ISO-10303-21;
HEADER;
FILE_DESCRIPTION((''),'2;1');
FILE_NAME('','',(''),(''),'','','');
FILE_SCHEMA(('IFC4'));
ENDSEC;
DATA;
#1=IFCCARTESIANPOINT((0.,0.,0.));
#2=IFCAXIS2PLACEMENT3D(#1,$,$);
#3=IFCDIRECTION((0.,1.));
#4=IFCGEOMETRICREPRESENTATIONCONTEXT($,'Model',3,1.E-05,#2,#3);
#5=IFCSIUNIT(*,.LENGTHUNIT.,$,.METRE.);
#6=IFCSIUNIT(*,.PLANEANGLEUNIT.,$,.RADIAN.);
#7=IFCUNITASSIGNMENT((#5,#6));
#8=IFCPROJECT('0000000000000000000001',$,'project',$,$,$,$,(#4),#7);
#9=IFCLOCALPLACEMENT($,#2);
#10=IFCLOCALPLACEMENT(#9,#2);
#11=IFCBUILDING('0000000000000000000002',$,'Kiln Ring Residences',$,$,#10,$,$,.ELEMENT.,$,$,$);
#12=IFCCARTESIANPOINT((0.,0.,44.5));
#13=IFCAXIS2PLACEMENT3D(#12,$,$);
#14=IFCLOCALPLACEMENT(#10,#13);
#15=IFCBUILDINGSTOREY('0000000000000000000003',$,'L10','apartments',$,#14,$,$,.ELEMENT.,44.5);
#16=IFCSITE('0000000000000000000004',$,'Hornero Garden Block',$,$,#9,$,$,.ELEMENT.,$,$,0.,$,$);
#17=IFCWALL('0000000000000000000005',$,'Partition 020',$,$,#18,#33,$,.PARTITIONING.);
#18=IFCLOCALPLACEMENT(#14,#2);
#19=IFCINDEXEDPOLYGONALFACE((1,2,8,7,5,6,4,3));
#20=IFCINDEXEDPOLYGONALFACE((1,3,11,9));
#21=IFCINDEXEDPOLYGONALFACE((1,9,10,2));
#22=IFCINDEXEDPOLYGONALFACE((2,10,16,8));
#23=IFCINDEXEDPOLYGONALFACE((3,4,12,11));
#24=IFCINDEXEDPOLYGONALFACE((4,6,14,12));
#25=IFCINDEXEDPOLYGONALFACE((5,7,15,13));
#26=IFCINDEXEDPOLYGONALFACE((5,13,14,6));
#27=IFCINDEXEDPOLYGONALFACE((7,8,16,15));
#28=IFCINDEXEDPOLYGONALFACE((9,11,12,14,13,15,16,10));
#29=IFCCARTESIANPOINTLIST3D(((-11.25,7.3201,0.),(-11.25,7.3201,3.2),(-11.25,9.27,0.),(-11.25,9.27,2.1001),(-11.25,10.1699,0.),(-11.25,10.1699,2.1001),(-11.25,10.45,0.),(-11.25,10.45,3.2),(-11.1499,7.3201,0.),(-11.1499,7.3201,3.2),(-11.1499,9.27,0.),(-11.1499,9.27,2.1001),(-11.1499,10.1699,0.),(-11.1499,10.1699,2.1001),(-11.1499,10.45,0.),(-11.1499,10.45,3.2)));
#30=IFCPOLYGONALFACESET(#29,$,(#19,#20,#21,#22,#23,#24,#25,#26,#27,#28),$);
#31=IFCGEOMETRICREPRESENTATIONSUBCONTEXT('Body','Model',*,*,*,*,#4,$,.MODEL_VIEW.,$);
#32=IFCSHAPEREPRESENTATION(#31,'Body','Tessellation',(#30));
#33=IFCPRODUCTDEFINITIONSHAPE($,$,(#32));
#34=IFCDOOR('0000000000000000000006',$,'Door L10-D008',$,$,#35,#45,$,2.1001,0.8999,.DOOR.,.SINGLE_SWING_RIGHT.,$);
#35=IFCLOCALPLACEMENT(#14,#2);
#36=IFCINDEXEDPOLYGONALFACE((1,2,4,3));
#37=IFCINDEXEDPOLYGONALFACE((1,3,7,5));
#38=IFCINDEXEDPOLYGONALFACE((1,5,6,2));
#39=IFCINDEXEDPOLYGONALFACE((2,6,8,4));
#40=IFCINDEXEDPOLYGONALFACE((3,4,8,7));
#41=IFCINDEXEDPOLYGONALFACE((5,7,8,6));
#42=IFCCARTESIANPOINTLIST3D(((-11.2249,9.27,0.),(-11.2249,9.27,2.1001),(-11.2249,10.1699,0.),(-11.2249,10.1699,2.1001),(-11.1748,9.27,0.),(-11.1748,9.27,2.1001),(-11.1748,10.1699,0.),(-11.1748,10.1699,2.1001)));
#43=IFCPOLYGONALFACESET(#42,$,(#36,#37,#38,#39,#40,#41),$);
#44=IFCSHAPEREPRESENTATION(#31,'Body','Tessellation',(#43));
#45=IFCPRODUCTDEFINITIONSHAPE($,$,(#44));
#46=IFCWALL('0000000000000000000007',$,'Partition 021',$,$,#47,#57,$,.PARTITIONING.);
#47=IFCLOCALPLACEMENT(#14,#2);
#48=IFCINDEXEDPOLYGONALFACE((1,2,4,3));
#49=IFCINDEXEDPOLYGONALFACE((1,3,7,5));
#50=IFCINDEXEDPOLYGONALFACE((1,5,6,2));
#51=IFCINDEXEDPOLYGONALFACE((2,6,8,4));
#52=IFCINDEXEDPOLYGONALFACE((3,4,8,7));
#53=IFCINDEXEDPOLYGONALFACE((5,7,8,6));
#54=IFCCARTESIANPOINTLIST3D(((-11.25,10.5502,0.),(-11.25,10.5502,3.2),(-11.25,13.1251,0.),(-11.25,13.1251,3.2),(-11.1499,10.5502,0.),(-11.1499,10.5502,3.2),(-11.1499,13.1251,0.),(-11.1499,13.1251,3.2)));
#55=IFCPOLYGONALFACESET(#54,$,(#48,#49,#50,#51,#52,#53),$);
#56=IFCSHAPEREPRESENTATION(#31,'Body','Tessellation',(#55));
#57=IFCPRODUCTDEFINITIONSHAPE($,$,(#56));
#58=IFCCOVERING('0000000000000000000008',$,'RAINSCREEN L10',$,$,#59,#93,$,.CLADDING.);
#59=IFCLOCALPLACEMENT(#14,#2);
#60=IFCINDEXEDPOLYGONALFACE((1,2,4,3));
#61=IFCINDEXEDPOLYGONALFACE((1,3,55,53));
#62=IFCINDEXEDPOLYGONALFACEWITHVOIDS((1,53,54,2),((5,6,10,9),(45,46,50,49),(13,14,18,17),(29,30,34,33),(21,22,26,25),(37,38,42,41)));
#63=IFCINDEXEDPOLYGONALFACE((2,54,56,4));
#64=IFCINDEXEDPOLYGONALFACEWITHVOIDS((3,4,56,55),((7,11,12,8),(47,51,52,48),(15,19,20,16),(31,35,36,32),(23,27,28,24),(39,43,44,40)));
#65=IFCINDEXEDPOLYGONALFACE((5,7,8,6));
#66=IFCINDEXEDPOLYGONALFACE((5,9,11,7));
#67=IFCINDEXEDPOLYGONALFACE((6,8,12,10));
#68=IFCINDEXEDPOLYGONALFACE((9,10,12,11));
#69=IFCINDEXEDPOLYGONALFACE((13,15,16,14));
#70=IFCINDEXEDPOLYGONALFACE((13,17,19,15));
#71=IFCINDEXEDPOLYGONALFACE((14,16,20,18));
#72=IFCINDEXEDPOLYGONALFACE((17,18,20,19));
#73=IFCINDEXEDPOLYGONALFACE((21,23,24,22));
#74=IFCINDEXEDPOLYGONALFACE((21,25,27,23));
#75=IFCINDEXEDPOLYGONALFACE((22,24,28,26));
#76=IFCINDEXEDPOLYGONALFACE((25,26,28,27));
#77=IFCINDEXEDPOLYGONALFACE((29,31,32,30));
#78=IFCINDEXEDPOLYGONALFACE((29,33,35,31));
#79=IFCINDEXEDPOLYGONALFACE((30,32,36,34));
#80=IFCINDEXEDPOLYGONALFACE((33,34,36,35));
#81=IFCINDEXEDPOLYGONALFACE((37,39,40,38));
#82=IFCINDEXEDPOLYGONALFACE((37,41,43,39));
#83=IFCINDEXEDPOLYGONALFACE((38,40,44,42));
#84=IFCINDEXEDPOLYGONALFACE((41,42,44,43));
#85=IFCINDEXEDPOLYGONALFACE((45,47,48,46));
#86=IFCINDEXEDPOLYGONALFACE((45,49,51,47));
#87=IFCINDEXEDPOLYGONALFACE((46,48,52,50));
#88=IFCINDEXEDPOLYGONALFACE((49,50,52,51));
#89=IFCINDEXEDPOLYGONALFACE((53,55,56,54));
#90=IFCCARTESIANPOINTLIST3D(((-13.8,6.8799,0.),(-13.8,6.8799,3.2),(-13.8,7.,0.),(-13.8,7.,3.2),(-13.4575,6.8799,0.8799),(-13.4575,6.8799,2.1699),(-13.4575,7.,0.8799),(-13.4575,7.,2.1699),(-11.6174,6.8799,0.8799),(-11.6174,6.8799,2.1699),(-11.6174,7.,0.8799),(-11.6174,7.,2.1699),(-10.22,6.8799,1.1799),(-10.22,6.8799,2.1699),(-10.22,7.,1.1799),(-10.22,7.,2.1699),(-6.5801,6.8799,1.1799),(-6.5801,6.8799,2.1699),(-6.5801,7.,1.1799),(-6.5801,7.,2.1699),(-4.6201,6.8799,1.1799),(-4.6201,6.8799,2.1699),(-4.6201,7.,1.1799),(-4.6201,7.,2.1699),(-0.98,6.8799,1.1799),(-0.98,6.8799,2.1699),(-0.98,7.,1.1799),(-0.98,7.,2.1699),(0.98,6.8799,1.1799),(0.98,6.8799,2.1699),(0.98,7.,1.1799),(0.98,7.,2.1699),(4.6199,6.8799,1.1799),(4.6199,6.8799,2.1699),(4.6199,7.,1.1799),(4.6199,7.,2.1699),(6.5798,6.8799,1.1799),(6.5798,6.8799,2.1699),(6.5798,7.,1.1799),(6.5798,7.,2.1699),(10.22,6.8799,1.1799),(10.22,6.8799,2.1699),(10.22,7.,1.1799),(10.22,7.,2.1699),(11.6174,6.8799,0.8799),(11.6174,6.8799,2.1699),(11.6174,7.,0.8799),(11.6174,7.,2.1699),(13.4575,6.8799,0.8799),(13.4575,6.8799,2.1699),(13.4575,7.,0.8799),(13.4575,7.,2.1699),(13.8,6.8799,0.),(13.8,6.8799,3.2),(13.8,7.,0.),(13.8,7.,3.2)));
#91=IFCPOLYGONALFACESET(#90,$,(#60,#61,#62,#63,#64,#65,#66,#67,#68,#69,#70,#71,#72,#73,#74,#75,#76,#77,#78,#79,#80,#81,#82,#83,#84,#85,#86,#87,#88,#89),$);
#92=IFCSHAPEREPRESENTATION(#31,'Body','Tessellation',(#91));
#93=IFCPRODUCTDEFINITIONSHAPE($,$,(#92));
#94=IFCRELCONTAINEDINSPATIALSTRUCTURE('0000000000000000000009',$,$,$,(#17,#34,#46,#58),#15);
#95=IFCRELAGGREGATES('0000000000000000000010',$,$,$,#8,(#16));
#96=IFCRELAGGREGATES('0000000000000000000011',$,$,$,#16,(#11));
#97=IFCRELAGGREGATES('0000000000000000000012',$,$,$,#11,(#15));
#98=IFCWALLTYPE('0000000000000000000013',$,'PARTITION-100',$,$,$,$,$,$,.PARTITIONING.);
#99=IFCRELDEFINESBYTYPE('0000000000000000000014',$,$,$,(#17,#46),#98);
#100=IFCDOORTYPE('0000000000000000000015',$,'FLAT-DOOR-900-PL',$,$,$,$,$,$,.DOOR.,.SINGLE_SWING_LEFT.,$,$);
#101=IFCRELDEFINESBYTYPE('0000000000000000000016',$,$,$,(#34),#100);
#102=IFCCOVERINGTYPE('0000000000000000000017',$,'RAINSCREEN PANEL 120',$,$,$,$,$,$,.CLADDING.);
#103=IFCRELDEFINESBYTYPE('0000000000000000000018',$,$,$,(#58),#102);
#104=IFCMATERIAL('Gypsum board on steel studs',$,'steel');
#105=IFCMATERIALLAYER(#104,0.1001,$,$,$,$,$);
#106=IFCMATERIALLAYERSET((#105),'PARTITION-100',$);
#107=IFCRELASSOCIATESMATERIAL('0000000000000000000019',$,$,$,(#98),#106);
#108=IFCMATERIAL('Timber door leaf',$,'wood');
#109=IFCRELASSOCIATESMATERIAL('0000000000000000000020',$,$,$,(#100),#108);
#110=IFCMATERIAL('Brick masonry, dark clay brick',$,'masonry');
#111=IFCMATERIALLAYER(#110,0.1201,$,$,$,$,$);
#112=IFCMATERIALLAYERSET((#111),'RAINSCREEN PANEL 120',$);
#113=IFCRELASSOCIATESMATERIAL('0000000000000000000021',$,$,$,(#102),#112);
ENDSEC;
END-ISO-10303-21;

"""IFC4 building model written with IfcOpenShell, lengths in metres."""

from ifc_helpers import new_model, si_unit, direction, frame, frame_2d, origin, place, context, subcontext, project, spatial, polyline, rectangle, outline, extrude, material, layer, layer_set, type_object, element, fill, save


model = new_model("IFC4")

# Units and contexts
model_context = context("Model", 3, precision=1e-05, world=origin(), true_north=direction((0.0, 1.0)))
body_context = subcontext(model_context, "Body", "Model", "MODEL_VIEW")
ifc_project = project(units=[si_unit("LENGTHUNIT", "METRE"), si_unit("PLANEANGLEUNIT", "RADIAN")], contexts=[model_context])

# Site, building, storey
site_placement = place(None, origin())
site = spatial("IfcSite", under=ifc_project, at=site_placement, Name="Hornero Garden Block", CompositionType="ELEMENT", RefElevation=0.0)
building_placement = place(site_placement, origin())
building = spatial("IfcBuilding", under=site, at=building_placement, Name="Kiln Ring Residences", CompositionType="ELEMENT")
storey_placement = place(building_placement, frame((0.0, 0.0, 44.5)))
storey = spatial("IfcBuildingStorey", under=building, at=storey_placement, Name="L10", Description="apartments", CompositionType="ELEMENT", Elevation=44.5)

# Wall, opening, door
ifc_material_1 = material(Name="Gypsum board on steel studs", Category="steel")
ifc_layer_1 = layer(ifc_material_1, 0.1001)
ifc_layer_set_1 = layer_set([ifc_layer_1], Name="PARTITION-100")
wall_type_1 = type_object("IfcWallType", Name="PARTITION-100", PredefinedType="PARTITIONING", material=ifc_layer_set_1)
wall_1_placement = place(storey_placement, frame((-11.2, 7.3201, 0.0), z_axis=(0.0, 0.0, 1.0), x_axis=(0.0, 1.0, 0.0)))
wall_1 = element("IfcWall", 1, at=wall_1_placement, inside=storey, type_object=wall_type_1, Name="Partition 020", PredefinedType="PARTITIONING", context=body_context, shape_type="SweptSolid", body=[
    extrude(rectangle(XDim=3.1299, YDim=0.1001, at=frame_2d((1.5649, 0.0))), origin(), (0.0, 0.0, 1.0), 3.2),
])
opening_1_placement = place(wall_1_placement, frame((1.95, 0.0, 0.0)))
opening_1 = element("IfcOpeningElement", 2, at=opening_1_placement, cuts=wall_1, PredefinedType="OPENING", context=body_context, shape_type="SweptSolid", body=[
    extrude(rectangle(XDim=0.8999, YDim=2.1001, at=frame_2d((0.45, 1.05))), frame((0.0, 0.0601, 0.0), z_axis=(0.0, -1.0, 0.0), x_axis=(1.0, 0.0, 0.0)), (0.0, 0.0, 1.0), 0.1201),
])
ifc_material_2 = material(Name="Timber door leaf", Category="wood")
door_type = type_object("IfcDoorType", Name="FLAT-DOOR-900-PL", OperationType="SINGLE_SWING_LEFT", PredefinedType="DOOR", material=ifc_material_2)
door_placement = place(opening_1_placement, origin())
door = element("IfcDoor", 3, at=door_placement, inside=storey, type_object=door_type, Name="Door L10-D008", OperationType="SINGLE_SWING_RIGHT", OverallHeight=2.1001, OverallWidth=0.8999, PredefinedType="DOOR", context=body_context, shape_type="SweptSolid", body=[
    extrude(rectangle(XDim=0.8999, YDim=2.1001, at=frame_2d((0.45, 1.05))), frame((0.0, 0.0249, 0.0), z_axis=(0.0, -1.0, 0.0), x_axis=(1.0, 0.0, 0.0)), (0.0, 0.0, 1.0), 0.05),
])
fill(opening_1, door)

# Wall
wall_2_placement = place(storey_placement, frame((-11.2, 10.55, 0.0), z_axis=(0.0, 0.0, 1.0), x_axis=(0.0, 1.0, 0.0)))
element("IfcWall", 4, at=wall_2_placement, inside=storey, type_object=wall_type_1, Name="Partition 021", PredefinedType="PARTITIONING", context=body_context, shape_type="SweptSolid", body=[
    extrude(rectangle(XDim=2.575, YDim=0.1001, at=frame_2d((1.2876, 0.0))), origin(), (0.0, 0.0, 1.0), 3.2),
])

# Covering
ifc_material_3 = material(Name="Brick masonry, dark clay brick", Category="masonry")
ifc_layer_2 = layer(ifc_material_3, 0.1201)
ifc_layer_set_2 = layer_set([ifc_layer_2], Name="RAINSCREEN PANEL 120")
covering_type = type_object("IfcCoveringType", Name="RAINSCREEN PANEL 120", PredefinedType="CLADDING", material=ifc_layer_set_2)
covering_placement = place(storey_placement, frame((-13.8, 6.9399, 0.0), z_axis=(0.0, 0.0, 1.0), x_axis=(1.0, 0.0, 0.0)))
element("IfcCovering", 5, at=covering_placement, inside=storey, type_object=covering_type, Name="RAINSCREEN L10", PredefinedType="CLADDING", context=body_context, shape_type="SweptSolid", body=[
    extrude(outline(polyline([(0.0, 0.0), (27.6001, 0.0), (27.6001, 3.2), (0.0, 3.2), (0.0, 0.0)]), holes=[polyline([(2.1826, 0.8799), (2.1826, 2.1699), (0.3425, 2.1699), (0.3425, 0.8799), (2.1826, 0.8799)]), polyline([(25.4175, 0.8799), (27.2576, 0.8799), (27.2576, 2.1699), (25.4175, 2.1699), (25.4175, 0.8799)]), polyline([(3.5801, 1.1799), (7.22, 1.1799), (7.22, 2.1699), (3.5801, 2.1699), (3.5801, 1.1799)]), polyline([(12.8201, 1.1799), (12.8201, 2.1699), (9.1799, 2.1699), (9.1799, 1.1799), (12.8201, 1.1799)]), polyline([(14.78, 1.1799), (18.4199, 1.1799), (18.4199, 2.1699), (14.78, 2.1699), (14.78, 1.1799)]), polyline([(20.3799, 1.1799), (24.02, 1.1799), (24.02, 2.1699), (20.3799, 2.1699), (20.3799, 1.1799)])]), frame((0.0, 0.0601, 0.0), z_axis=(0.0, -1.0, 0.0), x_axis=(1.0, 0.0, 0.0)), (0.0, 0.0, 1.0), 0.1201),
])

save(model, "model.ifc")
